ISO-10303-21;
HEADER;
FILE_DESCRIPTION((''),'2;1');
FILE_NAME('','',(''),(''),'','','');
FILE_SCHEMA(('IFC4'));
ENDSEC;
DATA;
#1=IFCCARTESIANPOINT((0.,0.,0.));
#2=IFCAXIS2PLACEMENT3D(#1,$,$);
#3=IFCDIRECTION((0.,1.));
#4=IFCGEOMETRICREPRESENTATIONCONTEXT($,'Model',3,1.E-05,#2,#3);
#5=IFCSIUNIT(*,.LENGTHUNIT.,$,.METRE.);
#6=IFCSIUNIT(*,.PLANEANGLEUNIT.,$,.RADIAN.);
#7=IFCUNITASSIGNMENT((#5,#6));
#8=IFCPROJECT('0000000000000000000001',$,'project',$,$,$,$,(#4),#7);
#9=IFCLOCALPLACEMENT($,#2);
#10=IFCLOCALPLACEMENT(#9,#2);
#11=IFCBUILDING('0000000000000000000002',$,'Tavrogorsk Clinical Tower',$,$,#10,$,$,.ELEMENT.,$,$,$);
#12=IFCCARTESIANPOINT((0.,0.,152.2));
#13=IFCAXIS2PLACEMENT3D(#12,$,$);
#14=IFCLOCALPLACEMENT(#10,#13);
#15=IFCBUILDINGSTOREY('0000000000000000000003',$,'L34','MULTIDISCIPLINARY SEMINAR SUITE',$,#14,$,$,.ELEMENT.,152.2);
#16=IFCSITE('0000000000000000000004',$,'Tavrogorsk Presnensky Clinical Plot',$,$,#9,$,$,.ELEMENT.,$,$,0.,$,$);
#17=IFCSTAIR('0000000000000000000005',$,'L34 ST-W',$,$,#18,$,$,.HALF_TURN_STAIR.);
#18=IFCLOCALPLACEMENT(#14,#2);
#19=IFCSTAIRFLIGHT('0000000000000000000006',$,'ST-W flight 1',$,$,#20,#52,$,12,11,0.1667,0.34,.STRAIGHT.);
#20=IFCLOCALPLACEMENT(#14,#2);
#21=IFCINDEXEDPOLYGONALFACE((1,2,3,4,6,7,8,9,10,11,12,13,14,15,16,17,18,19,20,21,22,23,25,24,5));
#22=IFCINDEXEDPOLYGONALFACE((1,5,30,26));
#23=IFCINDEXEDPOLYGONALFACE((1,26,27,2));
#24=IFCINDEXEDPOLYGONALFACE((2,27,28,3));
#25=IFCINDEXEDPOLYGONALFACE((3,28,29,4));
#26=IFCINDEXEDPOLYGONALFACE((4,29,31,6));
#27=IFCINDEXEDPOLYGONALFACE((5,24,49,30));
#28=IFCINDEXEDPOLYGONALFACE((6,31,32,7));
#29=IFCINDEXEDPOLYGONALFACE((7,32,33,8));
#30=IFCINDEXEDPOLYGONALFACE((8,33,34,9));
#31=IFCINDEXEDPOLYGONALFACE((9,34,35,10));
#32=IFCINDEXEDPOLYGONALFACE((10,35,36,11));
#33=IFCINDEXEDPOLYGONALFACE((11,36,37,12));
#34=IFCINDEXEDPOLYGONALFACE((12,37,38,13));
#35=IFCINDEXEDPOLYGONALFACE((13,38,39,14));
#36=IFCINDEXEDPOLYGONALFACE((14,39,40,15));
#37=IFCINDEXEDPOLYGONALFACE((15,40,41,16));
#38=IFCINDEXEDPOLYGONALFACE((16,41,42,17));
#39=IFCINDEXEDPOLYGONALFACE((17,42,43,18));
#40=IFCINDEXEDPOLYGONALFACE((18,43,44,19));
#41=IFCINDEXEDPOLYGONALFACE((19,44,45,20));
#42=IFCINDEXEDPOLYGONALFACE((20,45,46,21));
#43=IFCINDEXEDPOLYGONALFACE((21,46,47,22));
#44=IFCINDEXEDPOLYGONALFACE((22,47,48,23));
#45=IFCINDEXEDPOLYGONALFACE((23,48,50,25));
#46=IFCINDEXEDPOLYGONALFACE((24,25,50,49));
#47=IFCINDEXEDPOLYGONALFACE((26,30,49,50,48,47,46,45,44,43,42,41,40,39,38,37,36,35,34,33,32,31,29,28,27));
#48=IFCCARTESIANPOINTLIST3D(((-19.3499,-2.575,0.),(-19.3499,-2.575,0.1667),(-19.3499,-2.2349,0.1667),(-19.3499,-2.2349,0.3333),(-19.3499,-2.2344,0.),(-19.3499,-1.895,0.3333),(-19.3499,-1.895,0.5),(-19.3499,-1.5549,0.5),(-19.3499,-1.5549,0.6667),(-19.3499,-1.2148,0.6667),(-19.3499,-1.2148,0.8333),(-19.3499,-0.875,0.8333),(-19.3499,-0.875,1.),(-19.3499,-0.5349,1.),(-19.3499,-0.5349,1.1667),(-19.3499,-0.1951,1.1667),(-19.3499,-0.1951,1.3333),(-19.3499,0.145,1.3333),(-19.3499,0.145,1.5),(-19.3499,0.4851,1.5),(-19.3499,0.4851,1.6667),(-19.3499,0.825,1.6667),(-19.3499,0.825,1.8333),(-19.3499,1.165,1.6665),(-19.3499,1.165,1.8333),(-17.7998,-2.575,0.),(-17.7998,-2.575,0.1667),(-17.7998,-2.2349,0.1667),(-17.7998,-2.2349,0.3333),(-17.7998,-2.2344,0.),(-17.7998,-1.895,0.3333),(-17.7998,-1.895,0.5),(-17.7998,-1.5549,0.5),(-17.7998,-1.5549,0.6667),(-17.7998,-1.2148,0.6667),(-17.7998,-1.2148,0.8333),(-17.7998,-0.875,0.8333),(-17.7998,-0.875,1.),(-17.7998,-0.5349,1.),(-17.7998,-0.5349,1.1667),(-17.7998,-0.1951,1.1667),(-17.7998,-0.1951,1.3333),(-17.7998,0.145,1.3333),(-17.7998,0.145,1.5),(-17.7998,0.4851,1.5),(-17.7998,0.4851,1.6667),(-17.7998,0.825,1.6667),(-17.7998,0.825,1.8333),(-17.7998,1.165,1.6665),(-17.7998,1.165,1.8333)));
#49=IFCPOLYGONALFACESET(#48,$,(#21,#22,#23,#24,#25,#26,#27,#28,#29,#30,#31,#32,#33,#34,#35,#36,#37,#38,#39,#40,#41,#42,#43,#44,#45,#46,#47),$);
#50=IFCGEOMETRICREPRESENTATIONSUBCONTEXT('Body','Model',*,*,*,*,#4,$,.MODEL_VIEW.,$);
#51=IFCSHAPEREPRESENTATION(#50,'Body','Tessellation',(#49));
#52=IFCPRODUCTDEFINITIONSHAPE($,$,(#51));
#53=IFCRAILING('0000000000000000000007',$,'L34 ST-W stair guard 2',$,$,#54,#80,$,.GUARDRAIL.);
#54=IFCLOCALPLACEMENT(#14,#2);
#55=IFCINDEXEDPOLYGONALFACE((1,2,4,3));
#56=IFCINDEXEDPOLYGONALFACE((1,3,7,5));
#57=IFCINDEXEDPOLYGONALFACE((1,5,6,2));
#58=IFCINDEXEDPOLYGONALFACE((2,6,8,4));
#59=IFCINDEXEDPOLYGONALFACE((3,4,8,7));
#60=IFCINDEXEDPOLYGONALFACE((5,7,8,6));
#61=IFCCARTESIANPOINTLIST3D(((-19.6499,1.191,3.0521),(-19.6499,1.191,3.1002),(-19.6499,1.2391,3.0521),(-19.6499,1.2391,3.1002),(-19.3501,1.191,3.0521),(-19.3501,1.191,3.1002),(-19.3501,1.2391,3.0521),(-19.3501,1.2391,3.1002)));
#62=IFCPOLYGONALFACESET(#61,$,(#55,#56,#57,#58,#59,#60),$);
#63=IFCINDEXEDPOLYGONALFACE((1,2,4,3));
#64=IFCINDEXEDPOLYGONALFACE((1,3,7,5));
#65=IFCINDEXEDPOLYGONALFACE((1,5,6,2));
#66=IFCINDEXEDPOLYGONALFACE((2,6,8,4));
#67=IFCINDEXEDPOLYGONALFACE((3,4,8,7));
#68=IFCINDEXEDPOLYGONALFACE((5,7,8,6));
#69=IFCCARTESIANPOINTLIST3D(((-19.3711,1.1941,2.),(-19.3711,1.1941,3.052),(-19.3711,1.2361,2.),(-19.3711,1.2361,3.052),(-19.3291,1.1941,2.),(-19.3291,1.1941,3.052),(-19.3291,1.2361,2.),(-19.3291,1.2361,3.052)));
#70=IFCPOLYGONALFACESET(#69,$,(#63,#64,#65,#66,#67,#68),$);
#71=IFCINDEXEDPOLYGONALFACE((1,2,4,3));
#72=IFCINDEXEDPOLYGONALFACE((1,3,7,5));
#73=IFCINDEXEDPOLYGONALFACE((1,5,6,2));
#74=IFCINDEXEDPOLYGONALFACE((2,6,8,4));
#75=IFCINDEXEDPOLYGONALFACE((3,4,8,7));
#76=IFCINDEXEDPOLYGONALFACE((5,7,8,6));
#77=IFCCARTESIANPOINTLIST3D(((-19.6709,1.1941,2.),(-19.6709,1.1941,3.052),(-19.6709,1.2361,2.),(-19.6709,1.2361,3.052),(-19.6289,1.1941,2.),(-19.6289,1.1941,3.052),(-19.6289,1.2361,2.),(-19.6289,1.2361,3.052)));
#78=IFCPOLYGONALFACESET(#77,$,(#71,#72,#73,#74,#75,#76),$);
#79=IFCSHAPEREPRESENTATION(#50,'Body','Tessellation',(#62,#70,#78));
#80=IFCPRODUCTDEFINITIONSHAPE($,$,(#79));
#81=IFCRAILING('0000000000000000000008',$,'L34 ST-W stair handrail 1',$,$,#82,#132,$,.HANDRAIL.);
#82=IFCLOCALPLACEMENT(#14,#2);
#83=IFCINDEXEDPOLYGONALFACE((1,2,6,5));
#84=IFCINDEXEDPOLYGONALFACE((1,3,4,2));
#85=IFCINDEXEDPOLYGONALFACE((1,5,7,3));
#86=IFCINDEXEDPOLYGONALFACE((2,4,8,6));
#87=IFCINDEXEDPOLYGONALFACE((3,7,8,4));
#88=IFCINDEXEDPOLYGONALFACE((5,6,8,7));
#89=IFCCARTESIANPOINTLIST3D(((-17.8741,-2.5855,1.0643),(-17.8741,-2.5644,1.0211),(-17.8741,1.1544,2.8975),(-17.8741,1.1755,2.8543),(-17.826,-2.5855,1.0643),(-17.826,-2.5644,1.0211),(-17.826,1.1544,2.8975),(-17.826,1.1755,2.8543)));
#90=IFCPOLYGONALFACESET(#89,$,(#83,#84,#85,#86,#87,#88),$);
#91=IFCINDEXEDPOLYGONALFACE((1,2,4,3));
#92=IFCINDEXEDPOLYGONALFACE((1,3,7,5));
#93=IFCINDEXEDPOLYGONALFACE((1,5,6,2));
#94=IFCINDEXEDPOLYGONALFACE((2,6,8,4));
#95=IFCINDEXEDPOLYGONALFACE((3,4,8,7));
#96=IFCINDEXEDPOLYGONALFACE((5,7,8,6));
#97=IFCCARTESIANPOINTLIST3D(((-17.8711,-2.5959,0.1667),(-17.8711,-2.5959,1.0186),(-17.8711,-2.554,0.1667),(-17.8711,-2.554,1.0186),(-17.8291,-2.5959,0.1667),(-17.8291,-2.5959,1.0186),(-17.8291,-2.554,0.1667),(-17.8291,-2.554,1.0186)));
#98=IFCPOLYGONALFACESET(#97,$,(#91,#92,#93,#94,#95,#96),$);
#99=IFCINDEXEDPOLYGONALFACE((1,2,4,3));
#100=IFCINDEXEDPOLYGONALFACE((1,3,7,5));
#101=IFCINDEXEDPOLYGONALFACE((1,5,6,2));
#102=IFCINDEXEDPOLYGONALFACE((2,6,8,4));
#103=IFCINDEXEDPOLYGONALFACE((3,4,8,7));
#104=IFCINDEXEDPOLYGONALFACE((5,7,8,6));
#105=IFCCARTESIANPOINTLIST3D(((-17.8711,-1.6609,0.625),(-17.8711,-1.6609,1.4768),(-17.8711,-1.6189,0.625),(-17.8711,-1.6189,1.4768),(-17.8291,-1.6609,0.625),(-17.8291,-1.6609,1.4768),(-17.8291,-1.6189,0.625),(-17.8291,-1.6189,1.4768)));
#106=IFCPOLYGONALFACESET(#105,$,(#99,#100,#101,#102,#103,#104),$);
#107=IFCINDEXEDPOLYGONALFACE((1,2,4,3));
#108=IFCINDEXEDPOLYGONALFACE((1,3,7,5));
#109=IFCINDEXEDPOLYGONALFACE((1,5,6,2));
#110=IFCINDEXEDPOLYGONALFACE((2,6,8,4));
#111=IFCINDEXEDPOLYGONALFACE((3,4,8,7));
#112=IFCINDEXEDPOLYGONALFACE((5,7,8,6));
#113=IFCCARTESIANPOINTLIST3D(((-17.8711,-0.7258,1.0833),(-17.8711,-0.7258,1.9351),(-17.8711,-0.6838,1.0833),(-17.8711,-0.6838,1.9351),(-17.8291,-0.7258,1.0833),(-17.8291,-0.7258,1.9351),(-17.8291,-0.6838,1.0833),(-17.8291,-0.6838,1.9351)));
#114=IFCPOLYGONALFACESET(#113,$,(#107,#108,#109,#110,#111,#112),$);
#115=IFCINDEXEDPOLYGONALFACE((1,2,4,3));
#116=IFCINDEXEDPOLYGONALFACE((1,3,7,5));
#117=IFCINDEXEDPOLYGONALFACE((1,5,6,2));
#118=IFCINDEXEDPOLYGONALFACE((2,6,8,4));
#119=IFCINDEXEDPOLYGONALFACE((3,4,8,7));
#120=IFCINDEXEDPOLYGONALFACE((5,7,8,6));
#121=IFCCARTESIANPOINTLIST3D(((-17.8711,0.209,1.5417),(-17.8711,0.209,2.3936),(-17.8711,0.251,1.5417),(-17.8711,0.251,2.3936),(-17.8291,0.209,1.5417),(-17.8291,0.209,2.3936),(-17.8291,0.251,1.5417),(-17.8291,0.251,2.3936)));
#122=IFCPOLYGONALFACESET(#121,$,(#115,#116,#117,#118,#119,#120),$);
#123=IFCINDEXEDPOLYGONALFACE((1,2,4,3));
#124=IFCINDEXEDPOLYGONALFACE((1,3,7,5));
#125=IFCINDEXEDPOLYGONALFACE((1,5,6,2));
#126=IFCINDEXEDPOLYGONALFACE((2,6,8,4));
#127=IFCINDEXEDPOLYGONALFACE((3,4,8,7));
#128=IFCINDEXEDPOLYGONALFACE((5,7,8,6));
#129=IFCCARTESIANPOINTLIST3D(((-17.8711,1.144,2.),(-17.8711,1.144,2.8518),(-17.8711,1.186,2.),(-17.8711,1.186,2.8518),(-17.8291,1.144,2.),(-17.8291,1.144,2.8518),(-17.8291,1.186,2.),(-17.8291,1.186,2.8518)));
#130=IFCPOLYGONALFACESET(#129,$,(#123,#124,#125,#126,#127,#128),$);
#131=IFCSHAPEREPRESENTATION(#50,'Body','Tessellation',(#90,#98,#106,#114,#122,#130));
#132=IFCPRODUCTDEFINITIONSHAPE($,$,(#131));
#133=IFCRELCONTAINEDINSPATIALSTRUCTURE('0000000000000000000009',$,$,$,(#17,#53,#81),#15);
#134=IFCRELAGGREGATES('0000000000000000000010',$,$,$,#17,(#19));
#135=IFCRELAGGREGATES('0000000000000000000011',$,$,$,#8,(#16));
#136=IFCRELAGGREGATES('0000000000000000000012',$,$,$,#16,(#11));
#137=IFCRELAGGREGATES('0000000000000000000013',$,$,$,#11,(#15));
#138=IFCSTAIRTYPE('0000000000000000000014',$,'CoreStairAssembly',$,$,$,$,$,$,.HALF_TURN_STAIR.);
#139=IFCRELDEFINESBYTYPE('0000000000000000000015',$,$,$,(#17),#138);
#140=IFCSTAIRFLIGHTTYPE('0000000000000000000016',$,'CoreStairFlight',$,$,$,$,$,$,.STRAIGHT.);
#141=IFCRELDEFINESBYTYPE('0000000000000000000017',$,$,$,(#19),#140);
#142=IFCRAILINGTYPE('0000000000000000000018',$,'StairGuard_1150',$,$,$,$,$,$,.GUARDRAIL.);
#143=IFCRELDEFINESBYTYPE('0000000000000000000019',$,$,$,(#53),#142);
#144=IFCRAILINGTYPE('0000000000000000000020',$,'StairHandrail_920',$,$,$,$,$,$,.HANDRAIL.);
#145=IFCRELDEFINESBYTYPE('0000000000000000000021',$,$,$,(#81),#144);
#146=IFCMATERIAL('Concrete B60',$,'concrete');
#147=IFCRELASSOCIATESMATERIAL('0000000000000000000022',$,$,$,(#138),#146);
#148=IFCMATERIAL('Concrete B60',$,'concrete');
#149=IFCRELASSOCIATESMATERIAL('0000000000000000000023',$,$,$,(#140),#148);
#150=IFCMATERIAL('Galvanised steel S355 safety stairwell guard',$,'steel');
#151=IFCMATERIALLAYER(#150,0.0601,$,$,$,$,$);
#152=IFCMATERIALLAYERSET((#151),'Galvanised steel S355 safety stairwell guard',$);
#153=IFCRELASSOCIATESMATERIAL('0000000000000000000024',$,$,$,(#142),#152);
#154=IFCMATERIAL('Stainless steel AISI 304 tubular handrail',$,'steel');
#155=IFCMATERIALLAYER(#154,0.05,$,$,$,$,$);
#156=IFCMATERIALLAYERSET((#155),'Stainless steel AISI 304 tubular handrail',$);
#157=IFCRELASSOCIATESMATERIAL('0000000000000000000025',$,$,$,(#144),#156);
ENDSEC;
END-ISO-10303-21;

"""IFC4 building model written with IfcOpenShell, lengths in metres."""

from ifc_helpers import new_model, si_unit, direction, frame, origin, origin_2d, place, context, subcontext, project, spatial, polyline, rectangle, outline, extrude, material, layer, layer_set, type_object, element, aggregate, save


model = new_model("IFC4")

# Units and contexts
model_context = context("Model", 3, precision=1e-05, world=origin(), true_north=direction((0.0, 1.0)))
body_context = subcontext(model_context, "Body", "Model", "MODEL_VIEW")
ifc_project = project(units=[si_unit("LENGTHUNIT", "METRE"), si_unit("PLANEANGLEUNIT", "RADIAN")], contexts=[model_context])

# Site, building, storey
site_placement = place(None, origin())
site = spatial("IfcSite", under=ifc_project, at=site_placement, Name="Tavrogorsk Presnensky Clinical Plot", CompositionType="ELEMENT", RefElevation=0.0)
building_placement = place(site_placement, origin())
building = spatial("IfcBuilding", under=site, at=building_placement, Name="Tavrogorsk Clinical Tower", CompositionType="ELEMENT")
storey_placement = place(building_placement, frame((0.0, 0.0, 152.2)))
storey = spatial("IfcBuildingStorey", under=building, at=storey_placement, Name="L34", Description="MULTIDISCIPLINARY SEMINAR SUITE", CompositionType="ELEMENT", Elevation=152.2)

# Stair, stair flight
ifc_material_1 = material(Name="Concrete B60", Category="concrete")
stair_type = type_object("IfcStairType", Name="CoreStairAssembly", PredefinedType="HALF_TURN_STAIR", material=ifc_material_1)
stair_placement = place(storey_placement, origin())
stair = element("IfcStair", 1, at=stair_placement, inside=storey, type_object=stair_type, Name="L34 ST-W", PredefinedType="HALF_TURN_STAIR")
ifc_material_2 = material(Name="Concrete B60", Category="concrete")
stair_flight_type = type_object("IfcStairFlightType", Name="CoreStairFlight", PredefinedType="STRAIGHT", material=ifc_material_2)
stair_flight_placement = place(storey_placement, frame((-18.575, -2.575, 0.0), z_axis=(0.0, 0.0, 1.0), x_axis=(0.0, 1.0, 0.0)))
stair_flight = element("IfcStairFlight", 2, at=stair_flight_placement, type_object=stair_flight_type, Name="ST-W flight 1", NumberOfRisers=12, NumberOfTreads=11, PredefinedType="STRAIGHT", RiserHeight=0.1667, TreadLength=0.34, context=body_context, shape_type="SweptSolid", body=[
    extrude(outline(polyline([(0.0, 0.0), (0.0, 0.1667), (0.3401, 0.1667), (0.3401, 0.3333), (0.6799, 0.3333), (0.6799, 0.5), (1.02, 0.5), (1.02, 0.6667), (1.3601, 0.6667), (1.3601, 0.8333), (1.7, 0.8333), (1.7, 1.0), (2.04, 1.0), (2.04, 1.1667), (2.3799, 1.1667), (2.3799, 1.3333), (2.72, 1.3333), (2.72, 1.5), (3.0601, 1.5), (3.0601, 1.6667), (3.3999, 1.6667), (3.3999, 1.8333), (3.74, 1.8333), (3.74, 2.0), (3.74, 1.6665), (0.3406, 0.0), (0.0, 0.0)])), frame((0.0, 0.7749, 0.0), z_axis=(0.0, -1.0, 0.0), x_axis=(1.0, 0.0, 0.0)), (0.0, 0.0, 1.0), 1.55),
])
aggregate(stair, [stair_flight])

# Railings
ifc_material_3 = material(Name="Galvanised steel S355 safety stairwell guard", Category="steel")
ifc_layer_1 = layer(ifc_material_3, 0.0601)
ifc_layer_set_1 = layer_set([ifc_layer_1], Name="Galvanised steel S355 safety stairwell guard")
railing_type_1 = type_object("IfcRailingType", Name="StairGuard_1150", PredefinedType="GUARDRAIL", material=ifc_layer_set_1)
railing_1_placement = place(storey_placement, frame((-19.3501, 1.2151, 2.0)))
element("IfcRailing", 3, at=railing_1_placement, inside=storey, type_object=railing_type_1, Name="L34 ST-W stair guard 2", PredefinedType="GUARDRAIL", context=body_context, shape_type="SweptSolid", body=[
    extrude(rectangle(XDim=0.0481, YDim=0.0481, at=origin_2d()), frame((0.0, 0.0, 1.0762), z_axis=(-1.0, 0.0, 0.0), x_axis=(0.0, -1.0, 0.0)), (0.0, 0.0, 1.0), 0.2998),
    extrude(rectangle(XDim=0.042, YDim=0.042, at=origin_2d()), origin(), (0.0, 0.0, 1.0), 1.052),
    extrude(rectangle(XDim=0.042, YDim=0.042, at=origin_2d()), frame((-0.2998, 0.0, 0.0)), (0.0, 0.0, 1.0), 1.052),
])
ifc_material_4 = material(Name="Stainless steel AISI 304 tubular handrail", Category="steel")
ifc_layer_2 = layer(ifc_material_4, 0.05)
ifc_layer_set_2 = layer_set([ifc_layer_2], Name="Stainless steel AISI 304 tubular handrail")
railing_type_2 = type_object("IfcRailingType", Name="StairHandrail_920", PredefinedType="HANDRAIL", material=ifc_layer_set_2)
railing_2_placement = place(storey_placement, frame((-17.8501, -2.575, 0.1667)))
element("IfcRailing", 4, at=railing_2_placement, inside=storey, type_object=railing_type_2, Name="L34 ST-W stair handrail 1", PredefinedType="HANDRAIL", context=body_context, shape_type="SweptSolid", body=[
    extrude(rectangle(XDim=0.0481, YDim=0.0481, at=origin_2d()), frame((0.0, 0.0, 0.876), z_axis=(0.0, 0.897928, 0.440142), x_axis=(-1.0, 0.0, 0.0)), (0.0, 0.0, 1.0), 4.165),
    extrude(rectangle(XDim=0.042, YDim=0.042, at=origin_2d()), origin(), (0.0, 0.0, 1.0), 0.8518),
    extrude(rectangle(XDim=0.042, YDim=0.042, at=origin_2d()), frame((0.0, 0.9351, 0.4583)), (0.0, 0.0, 1.0), 0.8518),
    extrude(rectangle(XDim=0.042, YDim=0.042, at=origin_2d()), frame((0.0, 1.8701, 0.9165)), (0.0, 0.0, 1.0), 0.8518),
    extrude(rectangle(XDim=0.042, YDim=0.042, at=origin_2d()), frame((0.0, 2.8049, 1.375)), (0.0, 0.0, 1.0), 0.8518),
    extrude(rectangle(XDim=0.042, YDim=0.042, at=origin_2d()), frame((0.0, 3.74, 1.8333)), (0.0, 0.0, 1.0), 0.8518),
])

save(model, "model.ifc")
